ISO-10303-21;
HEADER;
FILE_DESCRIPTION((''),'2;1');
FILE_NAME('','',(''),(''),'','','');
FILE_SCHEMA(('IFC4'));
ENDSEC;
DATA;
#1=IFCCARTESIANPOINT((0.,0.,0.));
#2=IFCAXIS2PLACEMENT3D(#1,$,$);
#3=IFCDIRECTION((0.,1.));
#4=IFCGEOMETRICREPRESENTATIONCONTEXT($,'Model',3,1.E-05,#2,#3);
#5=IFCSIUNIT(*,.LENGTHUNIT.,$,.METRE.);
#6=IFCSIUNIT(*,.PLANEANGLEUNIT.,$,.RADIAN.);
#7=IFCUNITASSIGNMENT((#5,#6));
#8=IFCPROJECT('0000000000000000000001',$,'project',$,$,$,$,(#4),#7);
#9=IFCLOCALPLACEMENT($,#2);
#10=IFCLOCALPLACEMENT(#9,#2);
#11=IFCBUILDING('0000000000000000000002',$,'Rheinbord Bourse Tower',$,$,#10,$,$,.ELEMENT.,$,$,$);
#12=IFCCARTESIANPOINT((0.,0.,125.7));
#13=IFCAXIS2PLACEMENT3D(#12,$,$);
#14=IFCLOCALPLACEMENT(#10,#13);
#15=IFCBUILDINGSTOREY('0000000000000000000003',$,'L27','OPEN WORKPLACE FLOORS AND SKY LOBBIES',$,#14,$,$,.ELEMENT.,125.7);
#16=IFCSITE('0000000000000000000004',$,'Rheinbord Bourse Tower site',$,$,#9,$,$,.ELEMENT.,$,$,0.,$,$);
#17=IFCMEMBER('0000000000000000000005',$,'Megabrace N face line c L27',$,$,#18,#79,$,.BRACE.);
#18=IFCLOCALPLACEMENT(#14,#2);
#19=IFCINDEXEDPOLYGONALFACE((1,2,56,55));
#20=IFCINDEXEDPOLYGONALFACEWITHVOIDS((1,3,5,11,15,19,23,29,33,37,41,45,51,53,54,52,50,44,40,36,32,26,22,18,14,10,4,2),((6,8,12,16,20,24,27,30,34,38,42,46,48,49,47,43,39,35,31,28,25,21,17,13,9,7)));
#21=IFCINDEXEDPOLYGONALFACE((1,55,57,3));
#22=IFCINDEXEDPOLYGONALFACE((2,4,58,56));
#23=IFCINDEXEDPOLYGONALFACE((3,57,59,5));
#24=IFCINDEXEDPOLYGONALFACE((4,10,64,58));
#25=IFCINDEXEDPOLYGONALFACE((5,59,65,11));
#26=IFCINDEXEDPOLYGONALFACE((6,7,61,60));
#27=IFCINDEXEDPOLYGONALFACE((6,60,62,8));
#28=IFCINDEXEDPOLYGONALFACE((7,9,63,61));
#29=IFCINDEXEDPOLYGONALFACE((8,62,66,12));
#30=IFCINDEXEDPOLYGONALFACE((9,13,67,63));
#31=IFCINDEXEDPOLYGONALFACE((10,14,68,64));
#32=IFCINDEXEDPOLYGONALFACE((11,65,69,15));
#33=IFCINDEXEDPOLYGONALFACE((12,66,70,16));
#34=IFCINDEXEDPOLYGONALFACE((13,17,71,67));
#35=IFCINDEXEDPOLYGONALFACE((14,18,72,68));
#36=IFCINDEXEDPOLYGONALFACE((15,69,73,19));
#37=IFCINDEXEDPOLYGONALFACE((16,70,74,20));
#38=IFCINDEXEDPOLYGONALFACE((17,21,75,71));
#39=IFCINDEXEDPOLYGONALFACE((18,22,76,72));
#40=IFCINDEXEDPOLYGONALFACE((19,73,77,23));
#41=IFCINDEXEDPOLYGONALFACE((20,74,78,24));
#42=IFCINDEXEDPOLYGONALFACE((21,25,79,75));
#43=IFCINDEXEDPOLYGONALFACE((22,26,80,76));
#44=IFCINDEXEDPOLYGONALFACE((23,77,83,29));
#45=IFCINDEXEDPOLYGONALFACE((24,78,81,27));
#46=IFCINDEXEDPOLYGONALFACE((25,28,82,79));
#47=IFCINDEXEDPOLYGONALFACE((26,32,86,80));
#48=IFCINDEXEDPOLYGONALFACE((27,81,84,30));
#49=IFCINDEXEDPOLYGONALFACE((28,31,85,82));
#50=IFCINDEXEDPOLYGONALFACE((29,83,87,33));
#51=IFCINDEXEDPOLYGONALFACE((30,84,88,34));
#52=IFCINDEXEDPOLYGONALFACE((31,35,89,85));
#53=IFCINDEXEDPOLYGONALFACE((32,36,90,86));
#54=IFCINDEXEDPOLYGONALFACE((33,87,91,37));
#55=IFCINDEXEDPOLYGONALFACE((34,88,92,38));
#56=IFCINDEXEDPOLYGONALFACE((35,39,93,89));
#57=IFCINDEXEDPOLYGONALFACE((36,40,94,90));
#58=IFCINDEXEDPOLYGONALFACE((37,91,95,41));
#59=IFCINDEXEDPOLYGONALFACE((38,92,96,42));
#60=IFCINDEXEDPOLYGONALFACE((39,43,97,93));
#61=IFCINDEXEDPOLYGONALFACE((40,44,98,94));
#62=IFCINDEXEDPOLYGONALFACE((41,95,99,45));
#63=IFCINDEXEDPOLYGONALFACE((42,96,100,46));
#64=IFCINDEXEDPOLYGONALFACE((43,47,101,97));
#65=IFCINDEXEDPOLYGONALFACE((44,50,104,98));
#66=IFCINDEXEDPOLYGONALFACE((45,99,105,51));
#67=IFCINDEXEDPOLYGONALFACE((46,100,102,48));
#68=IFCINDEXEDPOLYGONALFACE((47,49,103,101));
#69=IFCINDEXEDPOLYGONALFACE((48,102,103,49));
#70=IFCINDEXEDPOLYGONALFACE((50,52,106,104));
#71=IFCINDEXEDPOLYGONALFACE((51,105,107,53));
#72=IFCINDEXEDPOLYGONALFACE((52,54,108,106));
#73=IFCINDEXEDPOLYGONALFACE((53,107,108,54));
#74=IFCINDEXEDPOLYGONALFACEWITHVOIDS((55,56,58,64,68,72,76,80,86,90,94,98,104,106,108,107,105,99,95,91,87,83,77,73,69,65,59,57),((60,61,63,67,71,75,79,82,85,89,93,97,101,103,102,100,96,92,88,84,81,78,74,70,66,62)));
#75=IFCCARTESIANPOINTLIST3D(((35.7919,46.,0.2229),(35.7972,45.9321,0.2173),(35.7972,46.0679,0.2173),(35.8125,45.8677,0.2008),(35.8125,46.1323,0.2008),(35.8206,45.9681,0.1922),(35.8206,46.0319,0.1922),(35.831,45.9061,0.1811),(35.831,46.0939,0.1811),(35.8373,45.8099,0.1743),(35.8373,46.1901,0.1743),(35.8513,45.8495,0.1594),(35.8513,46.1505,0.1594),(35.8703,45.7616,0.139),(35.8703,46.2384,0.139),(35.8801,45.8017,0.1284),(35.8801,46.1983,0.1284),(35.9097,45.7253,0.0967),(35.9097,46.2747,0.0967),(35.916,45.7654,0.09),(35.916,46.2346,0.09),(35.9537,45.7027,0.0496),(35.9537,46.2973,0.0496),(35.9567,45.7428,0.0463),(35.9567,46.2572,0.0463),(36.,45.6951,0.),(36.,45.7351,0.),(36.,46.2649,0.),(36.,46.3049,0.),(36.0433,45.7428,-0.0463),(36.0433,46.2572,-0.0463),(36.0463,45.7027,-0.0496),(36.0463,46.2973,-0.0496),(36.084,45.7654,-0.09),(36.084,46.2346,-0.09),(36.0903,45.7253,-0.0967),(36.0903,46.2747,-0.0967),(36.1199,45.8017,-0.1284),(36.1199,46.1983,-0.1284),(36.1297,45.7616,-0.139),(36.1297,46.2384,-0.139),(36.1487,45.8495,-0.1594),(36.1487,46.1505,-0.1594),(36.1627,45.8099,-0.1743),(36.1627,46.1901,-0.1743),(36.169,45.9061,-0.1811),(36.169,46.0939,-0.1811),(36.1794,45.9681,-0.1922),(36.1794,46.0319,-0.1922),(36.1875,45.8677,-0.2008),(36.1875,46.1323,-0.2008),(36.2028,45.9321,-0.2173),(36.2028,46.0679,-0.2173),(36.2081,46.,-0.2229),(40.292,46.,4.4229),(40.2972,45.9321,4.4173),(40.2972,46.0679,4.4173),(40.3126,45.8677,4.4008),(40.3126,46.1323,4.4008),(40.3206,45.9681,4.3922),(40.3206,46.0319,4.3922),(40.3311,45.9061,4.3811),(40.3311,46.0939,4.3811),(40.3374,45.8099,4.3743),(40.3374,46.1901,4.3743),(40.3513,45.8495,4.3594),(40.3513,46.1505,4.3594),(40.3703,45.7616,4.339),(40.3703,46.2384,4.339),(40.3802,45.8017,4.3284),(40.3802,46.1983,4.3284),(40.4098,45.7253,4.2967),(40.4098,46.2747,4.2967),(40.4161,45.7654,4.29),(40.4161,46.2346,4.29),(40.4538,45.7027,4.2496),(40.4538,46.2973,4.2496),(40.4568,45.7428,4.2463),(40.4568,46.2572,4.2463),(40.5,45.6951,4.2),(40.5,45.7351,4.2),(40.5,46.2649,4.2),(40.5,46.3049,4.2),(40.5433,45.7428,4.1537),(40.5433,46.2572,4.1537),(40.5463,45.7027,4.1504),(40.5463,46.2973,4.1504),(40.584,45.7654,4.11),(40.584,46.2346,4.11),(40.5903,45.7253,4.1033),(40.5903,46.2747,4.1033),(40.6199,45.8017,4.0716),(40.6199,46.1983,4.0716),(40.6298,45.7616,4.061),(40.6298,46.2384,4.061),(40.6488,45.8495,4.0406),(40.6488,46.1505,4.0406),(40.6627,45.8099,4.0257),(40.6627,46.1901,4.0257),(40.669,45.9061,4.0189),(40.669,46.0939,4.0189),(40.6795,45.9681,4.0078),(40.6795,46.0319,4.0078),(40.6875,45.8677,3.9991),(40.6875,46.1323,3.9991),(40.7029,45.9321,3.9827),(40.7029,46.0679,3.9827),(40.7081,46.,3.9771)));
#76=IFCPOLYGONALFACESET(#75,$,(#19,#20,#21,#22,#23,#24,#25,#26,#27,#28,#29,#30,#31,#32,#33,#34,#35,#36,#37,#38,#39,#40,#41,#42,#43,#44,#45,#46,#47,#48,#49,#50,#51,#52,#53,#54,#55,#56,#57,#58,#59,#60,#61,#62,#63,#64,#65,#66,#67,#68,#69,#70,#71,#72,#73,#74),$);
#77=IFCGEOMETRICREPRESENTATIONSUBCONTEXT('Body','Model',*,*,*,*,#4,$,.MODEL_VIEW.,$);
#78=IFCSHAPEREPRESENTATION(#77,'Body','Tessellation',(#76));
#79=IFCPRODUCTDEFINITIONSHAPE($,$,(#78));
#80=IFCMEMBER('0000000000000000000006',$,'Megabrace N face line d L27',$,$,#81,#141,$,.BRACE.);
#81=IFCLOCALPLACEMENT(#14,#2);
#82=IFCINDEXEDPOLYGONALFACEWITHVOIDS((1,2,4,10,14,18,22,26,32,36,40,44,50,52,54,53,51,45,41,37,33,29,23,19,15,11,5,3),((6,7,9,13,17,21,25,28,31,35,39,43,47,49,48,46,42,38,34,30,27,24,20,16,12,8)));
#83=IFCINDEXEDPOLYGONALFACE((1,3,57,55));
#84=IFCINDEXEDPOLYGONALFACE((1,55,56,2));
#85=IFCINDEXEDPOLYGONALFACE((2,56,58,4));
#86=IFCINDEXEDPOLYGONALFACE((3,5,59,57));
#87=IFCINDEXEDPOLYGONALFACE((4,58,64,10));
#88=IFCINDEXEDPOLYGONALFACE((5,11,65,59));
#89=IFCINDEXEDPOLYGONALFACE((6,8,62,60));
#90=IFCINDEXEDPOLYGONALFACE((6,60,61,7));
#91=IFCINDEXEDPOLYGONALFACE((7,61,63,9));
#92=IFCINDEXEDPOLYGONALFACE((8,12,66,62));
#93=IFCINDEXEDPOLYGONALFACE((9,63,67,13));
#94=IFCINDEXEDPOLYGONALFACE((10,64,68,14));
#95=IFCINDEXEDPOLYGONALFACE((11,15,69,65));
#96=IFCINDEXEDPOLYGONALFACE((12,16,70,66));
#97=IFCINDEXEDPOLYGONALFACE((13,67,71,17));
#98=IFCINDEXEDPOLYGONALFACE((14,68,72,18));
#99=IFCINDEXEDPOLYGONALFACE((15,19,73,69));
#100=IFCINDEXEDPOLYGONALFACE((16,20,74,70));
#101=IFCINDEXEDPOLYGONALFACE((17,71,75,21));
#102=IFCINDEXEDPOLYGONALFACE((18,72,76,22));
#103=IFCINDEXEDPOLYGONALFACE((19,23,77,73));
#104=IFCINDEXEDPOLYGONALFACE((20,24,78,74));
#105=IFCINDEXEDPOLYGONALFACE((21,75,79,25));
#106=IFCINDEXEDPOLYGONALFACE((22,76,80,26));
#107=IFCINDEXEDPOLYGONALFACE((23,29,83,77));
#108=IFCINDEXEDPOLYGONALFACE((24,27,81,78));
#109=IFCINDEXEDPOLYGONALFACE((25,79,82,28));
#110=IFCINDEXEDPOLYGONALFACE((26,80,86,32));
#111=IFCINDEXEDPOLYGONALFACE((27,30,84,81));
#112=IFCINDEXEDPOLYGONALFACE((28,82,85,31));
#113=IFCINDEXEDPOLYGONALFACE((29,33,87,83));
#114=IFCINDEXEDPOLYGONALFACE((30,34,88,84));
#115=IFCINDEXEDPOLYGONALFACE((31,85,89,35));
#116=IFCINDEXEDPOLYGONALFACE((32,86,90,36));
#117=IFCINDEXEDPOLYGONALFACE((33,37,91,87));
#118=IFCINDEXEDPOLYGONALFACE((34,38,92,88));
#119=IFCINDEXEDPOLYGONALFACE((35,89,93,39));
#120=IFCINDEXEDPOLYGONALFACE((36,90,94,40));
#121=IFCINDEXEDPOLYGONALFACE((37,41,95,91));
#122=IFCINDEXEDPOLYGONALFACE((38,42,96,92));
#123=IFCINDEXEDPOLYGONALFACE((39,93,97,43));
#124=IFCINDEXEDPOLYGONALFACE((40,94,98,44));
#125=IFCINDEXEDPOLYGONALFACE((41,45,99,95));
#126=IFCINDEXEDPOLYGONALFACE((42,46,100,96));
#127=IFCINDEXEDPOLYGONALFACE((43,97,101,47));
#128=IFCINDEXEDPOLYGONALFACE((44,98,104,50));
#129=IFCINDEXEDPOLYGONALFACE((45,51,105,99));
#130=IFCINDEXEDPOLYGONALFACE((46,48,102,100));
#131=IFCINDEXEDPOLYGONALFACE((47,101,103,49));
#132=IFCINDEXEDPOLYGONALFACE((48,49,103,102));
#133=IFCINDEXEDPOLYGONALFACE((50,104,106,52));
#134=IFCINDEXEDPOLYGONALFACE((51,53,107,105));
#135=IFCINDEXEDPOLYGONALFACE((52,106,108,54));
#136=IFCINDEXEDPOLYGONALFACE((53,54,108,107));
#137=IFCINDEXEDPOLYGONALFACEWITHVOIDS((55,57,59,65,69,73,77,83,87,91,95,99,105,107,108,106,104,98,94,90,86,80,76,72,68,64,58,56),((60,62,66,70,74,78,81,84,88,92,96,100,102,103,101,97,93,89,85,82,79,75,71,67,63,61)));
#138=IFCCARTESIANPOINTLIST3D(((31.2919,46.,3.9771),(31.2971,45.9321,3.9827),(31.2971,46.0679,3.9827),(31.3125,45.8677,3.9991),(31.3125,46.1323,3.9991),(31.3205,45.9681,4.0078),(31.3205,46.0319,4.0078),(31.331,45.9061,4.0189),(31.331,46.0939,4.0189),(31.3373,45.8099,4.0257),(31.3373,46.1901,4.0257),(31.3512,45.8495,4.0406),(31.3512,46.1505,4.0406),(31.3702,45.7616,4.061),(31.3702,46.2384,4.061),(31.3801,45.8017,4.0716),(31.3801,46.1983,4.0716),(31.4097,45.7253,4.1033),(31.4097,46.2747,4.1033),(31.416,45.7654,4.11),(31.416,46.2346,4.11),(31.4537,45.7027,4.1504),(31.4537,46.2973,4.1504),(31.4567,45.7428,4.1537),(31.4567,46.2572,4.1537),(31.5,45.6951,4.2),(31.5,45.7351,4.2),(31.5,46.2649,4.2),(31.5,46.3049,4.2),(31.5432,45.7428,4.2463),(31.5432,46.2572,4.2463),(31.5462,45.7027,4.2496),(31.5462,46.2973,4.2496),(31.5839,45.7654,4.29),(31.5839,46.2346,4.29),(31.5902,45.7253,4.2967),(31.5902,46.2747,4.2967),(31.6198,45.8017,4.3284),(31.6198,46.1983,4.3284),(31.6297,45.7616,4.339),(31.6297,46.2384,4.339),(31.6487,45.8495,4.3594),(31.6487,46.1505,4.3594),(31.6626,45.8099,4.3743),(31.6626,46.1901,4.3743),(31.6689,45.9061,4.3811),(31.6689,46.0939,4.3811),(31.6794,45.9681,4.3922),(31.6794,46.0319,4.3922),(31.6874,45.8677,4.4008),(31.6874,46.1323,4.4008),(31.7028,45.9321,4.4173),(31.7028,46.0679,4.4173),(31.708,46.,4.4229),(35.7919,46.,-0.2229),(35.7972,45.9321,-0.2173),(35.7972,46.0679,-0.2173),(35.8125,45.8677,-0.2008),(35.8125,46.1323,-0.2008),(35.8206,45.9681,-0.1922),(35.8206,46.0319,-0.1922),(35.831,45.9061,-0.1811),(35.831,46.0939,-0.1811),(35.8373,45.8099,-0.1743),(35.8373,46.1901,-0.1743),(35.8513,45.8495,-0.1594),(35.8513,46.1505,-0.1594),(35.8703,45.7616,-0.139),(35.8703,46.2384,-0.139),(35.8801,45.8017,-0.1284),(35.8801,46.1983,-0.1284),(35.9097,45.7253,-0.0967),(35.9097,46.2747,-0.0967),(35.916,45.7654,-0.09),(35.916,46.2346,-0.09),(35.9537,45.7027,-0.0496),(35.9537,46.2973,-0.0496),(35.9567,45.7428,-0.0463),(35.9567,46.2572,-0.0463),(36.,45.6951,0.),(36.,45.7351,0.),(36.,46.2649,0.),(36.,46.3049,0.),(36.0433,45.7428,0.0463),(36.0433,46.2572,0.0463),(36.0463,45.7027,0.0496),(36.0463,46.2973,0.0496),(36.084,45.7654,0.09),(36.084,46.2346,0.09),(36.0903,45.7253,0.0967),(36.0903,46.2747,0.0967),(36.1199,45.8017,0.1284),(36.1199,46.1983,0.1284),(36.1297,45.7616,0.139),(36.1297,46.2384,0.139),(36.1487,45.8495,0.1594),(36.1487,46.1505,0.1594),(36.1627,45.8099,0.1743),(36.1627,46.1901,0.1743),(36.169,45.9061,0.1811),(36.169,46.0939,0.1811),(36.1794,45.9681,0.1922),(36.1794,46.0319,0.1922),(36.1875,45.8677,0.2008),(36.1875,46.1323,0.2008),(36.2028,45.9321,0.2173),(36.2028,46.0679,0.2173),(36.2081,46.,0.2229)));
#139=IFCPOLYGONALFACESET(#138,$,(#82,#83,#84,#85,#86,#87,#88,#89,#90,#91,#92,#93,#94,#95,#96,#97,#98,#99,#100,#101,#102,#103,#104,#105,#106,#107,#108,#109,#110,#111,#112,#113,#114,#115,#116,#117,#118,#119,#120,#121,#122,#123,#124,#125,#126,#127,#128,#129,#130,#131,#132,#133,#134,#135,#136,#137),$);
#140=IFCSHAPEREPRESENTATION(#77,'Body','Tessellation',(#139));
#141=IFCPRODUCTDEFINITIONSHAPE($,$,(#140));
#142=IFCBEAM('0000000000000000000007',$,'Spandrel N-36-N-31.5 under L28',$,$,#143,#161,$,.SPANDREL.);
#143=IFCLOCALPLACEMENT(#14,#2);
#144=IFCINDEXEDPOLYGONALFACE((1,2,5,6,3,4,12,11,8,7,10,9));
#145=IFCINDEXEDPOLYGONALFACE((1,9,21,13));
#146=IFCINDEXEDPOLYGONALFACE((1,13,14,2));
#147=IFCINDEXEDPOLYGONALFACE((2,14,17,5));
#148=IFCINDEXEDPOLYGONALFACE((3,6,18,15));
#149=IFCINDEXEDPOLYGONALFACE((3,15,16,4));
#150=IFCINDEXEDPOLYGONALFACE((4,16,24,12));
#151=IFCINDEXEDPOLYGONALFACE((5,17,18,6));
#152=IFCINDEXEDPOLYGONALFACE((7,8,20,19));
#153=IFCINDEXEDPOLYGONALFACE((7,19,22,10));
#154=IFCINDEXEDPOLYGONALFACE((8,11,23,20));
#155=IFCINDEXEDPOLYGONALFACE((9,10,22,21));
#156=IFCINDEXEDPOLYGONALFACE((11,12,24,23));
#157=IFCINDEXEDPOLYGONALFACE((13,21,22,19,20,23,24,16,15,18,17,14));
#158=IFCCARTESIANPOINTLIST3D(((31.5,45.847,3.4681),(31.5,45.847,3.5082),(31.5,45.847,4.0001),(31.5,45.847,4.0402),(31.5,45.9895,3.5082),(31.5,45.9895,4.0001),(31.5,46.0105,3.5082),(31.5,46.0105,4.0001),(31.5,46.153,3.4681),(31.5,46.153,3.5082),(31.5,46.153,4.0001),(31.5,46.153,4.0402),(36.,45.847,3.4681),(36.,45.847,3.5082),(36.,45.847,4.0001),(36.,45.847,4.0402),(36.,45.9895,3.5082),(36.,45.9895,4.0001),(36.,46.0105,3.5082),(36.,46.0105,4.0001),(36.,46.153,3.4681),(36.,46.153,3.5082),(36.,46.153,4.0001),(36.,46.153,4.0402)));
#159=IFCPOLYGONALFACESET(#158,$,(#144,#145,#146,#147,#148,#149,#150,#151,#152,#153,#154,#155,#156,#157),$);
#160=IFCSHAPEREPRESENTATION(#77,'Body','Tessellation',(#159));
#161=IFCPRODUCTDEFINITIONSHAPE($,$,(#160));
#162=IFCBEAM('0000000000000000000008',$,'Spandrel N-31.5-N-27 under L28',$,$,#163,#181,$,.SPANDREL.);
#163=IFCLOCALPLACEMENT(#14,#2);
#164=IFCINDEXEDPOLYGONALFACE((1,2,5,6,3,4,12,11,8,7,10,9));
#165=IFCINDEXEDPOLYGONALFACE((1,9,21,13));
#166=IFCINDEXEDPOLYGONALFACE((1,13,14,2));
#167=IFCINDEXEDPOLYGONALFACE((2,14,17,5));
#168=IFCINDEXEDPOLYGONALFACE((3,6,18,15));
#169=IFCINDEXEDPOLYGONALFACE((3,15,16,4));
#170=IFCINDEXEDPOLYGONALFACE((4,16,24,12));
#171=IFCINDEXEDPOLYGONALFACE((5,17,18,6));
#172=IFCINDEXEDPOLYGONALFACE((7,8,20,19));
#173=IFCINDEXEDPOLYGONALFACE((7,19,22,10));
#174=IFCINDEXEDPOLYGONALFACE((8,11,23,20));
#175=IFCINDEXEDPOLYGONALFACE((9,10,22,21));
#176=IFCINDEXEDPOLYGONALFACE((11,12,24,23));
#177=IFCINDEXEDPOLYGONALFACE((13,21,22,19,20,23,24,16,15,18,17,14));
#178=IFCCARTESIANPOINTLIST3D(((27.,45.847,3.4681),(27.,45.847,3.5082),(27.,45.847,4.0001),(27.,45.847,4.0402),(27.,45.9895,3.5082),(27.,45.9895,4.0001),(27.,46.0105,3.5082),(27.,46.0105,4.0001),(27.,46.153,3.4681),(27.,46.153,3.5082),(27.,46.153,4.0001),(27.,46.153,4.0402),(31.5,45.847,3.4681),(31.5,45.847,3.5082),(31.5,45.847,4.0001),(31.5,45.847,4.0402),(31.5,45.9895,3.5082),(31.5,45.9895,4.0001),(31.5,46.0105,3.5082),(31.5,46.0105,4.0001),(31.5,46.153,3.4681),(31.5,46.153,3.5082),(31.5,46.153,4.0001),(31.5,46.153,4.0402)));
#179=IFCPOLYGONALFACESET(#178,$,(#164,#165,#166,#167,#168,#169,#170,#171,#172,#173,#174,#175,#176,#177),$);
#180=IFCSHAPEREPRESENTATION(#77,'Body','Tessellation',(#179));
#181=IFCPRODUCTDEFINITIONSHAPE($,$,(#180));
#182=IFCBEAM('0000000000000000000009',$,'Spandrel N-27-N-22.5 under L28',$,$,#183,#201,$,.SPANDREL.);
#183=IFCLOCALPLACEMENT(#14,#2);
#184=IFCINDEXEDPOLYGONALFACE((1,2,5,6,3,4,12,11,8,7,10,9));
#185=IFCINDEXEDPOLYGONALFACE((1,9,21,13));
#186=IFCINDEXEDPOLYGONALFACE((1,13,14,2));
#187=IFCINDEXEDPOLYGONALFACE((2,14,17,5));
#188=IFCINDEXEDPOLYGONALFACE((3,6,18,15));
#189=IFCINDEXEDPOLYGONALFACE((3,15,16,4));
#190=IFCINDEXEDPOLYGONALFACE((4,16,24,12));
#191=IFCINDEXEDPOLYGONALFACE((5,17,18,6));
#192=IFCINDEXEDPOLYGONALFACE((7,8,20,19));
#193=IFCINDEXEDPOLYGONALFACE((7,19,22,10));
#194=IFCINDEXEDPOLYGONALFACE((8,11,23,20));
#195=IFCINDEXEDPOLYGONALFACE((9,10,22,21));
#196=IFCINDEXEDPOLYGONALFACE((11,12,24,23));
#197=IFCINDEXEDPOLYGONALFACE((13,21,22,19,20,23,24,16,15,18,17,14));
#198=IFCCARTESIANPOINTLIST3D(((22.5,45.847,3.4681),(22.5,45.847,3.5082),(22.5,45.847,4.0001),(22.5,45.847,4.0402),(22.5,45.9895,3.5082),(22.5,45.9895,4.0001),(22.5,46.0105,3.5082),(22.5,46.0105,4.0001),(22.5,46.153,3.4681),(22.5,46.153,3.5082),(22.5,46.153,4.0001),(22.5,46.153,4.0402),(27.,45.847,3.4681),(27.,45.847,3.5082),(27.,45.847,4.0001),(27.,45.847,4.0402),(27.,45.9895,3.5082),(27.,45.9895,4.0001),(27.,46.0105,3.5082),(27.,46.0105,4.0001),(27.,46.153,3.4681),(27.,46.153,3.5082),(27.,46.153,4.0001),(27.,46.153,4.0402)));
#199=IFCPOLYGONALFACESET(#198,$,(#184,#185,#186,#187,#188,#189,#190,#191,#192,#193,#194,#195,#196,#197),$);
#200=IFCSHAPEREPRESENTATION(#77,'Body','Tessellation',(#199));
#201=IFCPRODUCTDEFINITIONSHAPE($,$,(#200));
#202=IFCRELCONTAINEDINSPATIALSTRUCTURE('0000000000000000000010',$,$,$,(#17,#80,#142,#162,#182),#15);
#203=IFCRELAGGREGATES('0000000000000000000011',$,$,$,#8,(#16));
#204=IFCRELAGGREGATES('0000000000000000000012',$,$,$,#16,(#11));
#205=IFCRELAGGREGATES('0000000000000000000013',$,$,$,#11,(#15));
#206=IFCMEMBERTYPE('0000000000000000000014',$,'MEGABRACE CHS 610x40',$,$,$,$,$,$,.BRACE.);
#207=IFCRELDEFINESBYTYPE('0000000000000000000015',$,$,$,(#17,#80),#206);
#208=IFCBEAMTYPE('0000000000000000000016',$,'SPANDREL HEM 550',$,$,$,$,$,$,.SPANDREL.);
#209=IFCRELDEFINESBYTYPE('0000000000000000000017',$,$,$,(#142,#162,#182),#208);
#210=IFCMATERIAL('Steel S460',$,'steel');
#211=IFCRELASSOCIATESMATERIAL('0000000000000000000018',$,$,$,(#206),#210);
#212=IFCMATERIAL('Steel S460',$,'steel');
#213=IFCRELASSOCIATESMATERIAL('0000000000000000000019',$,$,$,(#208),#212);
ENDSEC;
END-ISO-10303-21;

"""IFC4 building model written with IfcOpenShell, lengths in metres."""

from ifc_helpers import new_model, si_unit, direction, frame, origin, origin_2d, place, context, subcontext, project, spatial, hollow_circle, i_section, extrude, material, material_profile, profile_set, type_object, element, save


model = new_model("IFC4")

# Units and contexts
model_context = context("Model", 3, precision=1e-05, world=origin(), true_north=direction((0.0, 1.0)))
body_context = subcontext(model_context, "Body", "Model", "MODEL_VIEW")
ifc_project = project(units=[si_unit("LENGTHUNIT", "METRE"), si_unit("PLANEANGLEUNIT", "RADIAN")], contexts=[model_context])

# Site, building, storey
site_placement = place(None, origin())
site = spatial("IfcSite", under=ifc_project, at=site_placement, Name="Rheinbord Bourse Tower site", CompositionType="ELEMENT", RefElevation=0.0)
building_placement = place(site_placement, origin())
building = spatial("IfcBuilding", under=site, at=building_placement, Name="Rheinbord Bourse Tower", CompositionType="ELEMENT")
storey_placement = place(building_placement, frame((0.0, 0.0, 125.7)))
storey = spatial("IfcBuildingStorey", under=building, at=storey_placement, Name="L27", Description="OPEN WORKPLACE FLOORS AND SKY LOBBIES", CompositionType="ELEMENT", Elevation=125.7)

# Members
ifc_material_1 = material(Name="Steel S460", Category="steel")
ifc_material_profile_1 = material_profile(ifc_material_1, hollow_circle(Radius=0.3049, WallThickness=0.04, at=origin_2d()), Name="CHS 610x40")
ifc_profile_set_1 = profile_set([ifc_material_profile_1], Name="Steel S460")
member_type_1 = type_object("IfcMemberType", Name="MEGABRACE CHS 610x40", PredefinedType="BRACE", material=ifc_profile_set_1)
for number, where, z_axis, x_axis, name in (
    (1, (36.0, 46.0, 0.0), (0.731059, 0.0, 0.682314), (0.0, 1.0, 0.0), "Megabrace N face line c L27"),
    (2, (36.0, 46.0, 0.0), (-0.731059, 0.0, 0.682314), (0.0, -1.0, 0.0), "Megabrace N face line d L27"),
):
    element("IfcMember", number, at=place(storey_placement, frame(where, z_axis=z_axis, x_axis=x_axis)), inside=storey, type_object=member_type_1, Name=name, PredefinedType="BRACE", context=body_context, shape_type="SweptSolid", body=[
        extrude(hollow_circle(Radius=0.3049, WallThickness=0.04, at=origin_2d()), origin(), (0.0, 0.0, 1.0), 6.1555),
    ])

# Beams
ifc_material_2 = material(Name="Steel S460", Category="steel")
ifc_material_profile_2 = material_profile(ifc_material_2, i_section(OverallWidth=0.3059, OverallDepth=0.572, WebThickness=0.021, FlangeThickness=0.04, at=origin_2d()), Name="HEM 550")
ifc_profile_set_2 = profile_set([ifc_material_profile_2], Name="Steel S460")
beam_type_1 = type_object("IfcBeamType", Name="SPANDREL HEM 550", PredefinedType="SPANDREL", material=ifc_profile_set_2)
for number, where, z_axis, x_axis, name in (
    (3, (36.0, 46.0, 3.7542), (-1.0, 0.0, 0.0), (0.0, -1.0, 0.0), "Spandrel N-36-N-31.5 under L28"),
    (4, (31.5, 46.0, 3.7542), (-1.0, 0.0, 0.0), (0.0, -1.0, 0.0), "Spandrel N-31.5-N-27 under L28"),
    (5, (27.0, 46.0, 3.7542), (-1.0, 0.0, 0.0), (0.0, -1.0, 0.0), "Spandrel N-27-N-22.5 under L28"),
):
    element("IfcBeam", number, at=place(storey_placement, frame(where, z_axis=z_axis, x_axis=x_axis)), inside=storey, type_object=beam_type_1, Name=name, PredefinedType="SPANDREL", context=body_context, shape_type="SweptSolid", body=[
        extrude(i_section(OverallWidth=0.3059, OverallDepth=0.572, WebThickness=0.021, FlangeThickness=0.04, at=origin_2d()), origin(), (0.0, 0.0, 1.0), 4.5),
    ])

save(model, "model.ifc")
